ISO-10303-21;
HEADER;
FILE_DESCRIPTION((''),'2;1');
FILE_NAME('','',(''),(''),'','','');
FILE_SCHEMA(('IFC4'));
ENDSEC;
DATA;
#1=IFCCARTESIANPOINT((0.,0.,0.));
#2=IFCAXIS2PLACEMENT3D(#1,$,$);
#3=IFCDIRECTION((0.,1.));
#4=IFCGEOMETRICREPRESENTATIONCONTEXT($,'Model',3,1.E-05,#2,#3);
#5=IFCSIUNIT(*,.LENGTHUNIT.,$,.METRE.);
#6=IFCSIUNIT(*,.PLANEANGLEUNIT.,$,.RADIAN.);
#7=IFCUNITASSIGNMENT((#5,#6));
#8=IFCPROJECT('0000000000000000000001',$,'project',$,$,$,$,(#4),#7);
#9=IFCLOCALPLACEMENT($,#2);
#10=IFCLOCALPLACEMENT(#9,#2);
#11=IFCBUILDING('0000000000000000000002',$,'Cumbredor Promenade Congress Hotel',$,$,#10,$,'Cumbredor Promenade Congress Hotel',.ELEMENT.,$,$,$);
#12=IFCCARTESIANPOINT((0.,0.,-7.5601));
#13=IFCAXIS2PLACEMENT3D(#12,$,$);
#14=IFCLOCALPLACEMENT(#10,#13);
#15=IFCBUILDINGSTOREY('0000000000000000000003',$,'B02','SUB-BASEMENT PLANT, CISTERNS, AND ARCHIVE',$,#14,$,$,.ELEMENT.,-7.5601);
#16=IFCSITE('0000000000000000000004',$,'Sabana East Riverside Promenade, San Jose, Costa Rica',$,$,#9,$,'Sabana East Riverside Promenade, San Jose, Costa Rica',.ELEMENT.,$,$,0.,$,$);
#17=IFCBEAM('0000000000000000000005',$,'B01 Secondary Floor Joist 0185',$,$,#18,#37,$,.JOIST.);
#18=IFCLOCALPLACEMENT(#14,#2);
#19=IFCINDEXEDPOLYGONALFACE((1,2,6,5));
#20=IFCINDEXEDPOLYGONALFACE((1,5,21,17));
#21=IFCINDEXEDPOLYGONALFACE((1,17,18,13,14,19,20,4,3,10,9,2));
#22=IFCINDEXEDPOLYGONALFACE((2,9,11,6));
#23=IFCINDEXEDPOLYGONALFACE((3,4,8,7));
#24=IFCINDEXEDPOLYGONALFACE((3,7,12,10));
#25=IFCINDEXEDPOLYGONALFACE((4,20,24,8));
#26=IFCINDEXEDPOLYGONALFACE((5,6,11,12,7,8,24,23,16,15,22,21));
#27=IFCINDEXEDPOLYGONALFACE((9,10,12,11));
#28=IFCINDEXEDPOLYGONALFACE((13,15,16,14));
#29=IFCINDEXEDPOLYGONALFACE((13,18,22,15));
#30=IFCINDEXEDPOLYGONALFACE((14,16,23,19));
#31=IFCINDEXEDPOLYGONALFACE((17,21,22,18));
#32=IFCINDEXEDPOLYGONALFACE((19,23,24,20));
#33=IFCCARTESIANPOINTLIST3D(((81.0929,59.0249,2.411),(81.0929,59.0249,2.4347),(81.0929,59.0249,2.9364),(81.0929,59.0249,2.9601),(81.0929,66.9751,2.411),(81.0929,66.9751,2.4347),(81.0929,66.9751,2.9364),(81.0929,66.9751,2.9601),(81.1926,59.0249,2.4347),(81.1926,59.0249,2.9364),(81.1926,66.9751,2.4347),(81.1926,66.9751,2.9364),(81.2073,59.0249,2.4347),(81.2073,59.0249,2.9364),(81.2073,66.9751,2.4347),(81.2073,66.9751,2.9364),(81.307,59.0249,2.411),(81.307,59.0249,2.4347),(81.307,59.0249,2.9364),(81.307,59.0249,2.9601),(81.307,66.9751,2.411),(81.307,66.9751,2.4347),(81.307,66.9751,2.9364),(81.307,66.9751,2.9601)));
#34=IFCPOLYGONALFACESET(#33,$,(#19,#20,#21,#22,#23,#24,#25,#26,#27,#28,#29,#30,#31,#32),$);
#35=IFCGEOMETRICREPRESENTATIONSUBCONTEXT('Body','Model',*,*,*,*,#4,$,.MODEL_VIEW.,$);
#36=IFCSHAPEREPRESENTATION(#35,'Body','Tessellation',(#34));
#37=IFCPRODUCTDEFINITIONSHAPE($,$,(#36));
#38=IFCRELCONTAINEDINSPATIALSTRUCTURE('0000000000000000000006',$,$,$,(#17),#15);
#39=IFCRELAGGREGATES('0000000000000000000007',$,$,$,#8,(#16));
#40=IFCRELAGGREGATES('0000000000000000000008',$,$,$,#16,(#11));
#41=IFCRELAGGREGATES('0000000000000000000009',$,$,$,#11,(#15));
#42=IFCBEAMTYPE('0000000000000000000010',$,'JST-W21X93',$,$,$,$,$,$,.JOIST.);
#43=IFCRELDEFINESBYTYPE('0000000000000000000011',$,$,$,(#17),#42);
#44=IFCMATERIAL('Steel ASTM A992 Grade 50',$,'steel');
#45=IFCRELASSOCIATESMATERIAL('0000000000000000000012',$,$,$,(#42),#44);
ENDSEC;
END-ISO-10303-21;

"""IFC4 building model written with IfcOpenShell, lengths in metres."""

from ifc_helpers import new_model, si_unit, direction, frame, origin, origin_2d, place, context, subcontext, project, spatial, i_section, extrude, material, material_profile, profile_set, type_object, element, save


model = new_model("IFC4")

# Units and contexts
model_context = context("Model", 3, precision=1e-05, world=origin(), true_north=direction((0.0, 1.0)))
body_context = subcontext(model_context, "Body", "Model", "MODEL_VIEW")
ifc_project = project(units=[si_unit("LENGTHUNIT", "METRE"), si_unit("PLANEANGLEUNIT", "RADIAN")], contexts=[model_context])

# Site, building, storey
site_placement = place(None, origin())
site = spatial("IfcSite", under=ifc_project, at=site_placement, Name="Sabana East Riverside Promenade, San Jose, Costa Rica", LongName="Sabana East Riverside Promenade, San Jose, Costa Rica", CompositionType="ELEMENT", RefElevation=0.0)
building_placement = place(site_placement, origin())
building = spatial("IfcBuilding", under=site, at=building_placement, Name="Cumbredor Promenade Congress Hotel", LongName="Cumbredor Promenade Congress Hotel", CompositionType="ELEMENT")
storey_placement = place(building_placement, frame((0.0, 0.0, -7.5601)))
storey = spatial("IfcBuildingStorey", under=building, at=storey_placement, Name="B02", Description="SUB-BASEMENT PLANT, CISTERNS, AND ARCHIVE", CompositionType="ELEMENT", Elevation=-7.5601)

# Beam
ifc_material_1 = material(Name="Steel ASTM A992 Grade 50", Category="steel")
ifc_material_profile_1 = material_profile(ifc_material_1, i_section(OverallWidth=0.2141, OverallDepth=0.5491, WebThickness=0.0146, FlangeThickness=0.0237, at=origin_2d()), Name="W21X93")
ifc_profile_set_1 = profile_set([ifc_material_profile_1], Name="Steel ASTM A992 Grade 50")
beam_type_1 = type_object("IfcBeamType", Name="JST-W21X93", PredefinedType="JOIST", material=ifc_profile_set_1)
for number, where, z_axis, x_axis, name in (
    (1, (81.2, 59.0249, 2.6855), (0.0, 1.0, 0.0), (-1.0, 0.0, 0.0), "B01 Secondary Floor Joist 0185"),
):
    element("IfcBeam", number, at=place(storey_placement, frame(where, z_axis=z_axis, x_axis=x_axis)), inside=storey, type_object=beam_type_1, Name=name, PredefinedType="JOIST", context=body_context, shape_type="SweptSolid", body=[
        extrude(i_section(OverallWidth=0.2141, OverallDepth=0.5491, WebThickness=0.0146, FlangeThickness=0.0237, at=origin_2d()), origin(), (0.0, 0.0, 1.0), 7.9502),
    ])

save(model, "model.ifc")
